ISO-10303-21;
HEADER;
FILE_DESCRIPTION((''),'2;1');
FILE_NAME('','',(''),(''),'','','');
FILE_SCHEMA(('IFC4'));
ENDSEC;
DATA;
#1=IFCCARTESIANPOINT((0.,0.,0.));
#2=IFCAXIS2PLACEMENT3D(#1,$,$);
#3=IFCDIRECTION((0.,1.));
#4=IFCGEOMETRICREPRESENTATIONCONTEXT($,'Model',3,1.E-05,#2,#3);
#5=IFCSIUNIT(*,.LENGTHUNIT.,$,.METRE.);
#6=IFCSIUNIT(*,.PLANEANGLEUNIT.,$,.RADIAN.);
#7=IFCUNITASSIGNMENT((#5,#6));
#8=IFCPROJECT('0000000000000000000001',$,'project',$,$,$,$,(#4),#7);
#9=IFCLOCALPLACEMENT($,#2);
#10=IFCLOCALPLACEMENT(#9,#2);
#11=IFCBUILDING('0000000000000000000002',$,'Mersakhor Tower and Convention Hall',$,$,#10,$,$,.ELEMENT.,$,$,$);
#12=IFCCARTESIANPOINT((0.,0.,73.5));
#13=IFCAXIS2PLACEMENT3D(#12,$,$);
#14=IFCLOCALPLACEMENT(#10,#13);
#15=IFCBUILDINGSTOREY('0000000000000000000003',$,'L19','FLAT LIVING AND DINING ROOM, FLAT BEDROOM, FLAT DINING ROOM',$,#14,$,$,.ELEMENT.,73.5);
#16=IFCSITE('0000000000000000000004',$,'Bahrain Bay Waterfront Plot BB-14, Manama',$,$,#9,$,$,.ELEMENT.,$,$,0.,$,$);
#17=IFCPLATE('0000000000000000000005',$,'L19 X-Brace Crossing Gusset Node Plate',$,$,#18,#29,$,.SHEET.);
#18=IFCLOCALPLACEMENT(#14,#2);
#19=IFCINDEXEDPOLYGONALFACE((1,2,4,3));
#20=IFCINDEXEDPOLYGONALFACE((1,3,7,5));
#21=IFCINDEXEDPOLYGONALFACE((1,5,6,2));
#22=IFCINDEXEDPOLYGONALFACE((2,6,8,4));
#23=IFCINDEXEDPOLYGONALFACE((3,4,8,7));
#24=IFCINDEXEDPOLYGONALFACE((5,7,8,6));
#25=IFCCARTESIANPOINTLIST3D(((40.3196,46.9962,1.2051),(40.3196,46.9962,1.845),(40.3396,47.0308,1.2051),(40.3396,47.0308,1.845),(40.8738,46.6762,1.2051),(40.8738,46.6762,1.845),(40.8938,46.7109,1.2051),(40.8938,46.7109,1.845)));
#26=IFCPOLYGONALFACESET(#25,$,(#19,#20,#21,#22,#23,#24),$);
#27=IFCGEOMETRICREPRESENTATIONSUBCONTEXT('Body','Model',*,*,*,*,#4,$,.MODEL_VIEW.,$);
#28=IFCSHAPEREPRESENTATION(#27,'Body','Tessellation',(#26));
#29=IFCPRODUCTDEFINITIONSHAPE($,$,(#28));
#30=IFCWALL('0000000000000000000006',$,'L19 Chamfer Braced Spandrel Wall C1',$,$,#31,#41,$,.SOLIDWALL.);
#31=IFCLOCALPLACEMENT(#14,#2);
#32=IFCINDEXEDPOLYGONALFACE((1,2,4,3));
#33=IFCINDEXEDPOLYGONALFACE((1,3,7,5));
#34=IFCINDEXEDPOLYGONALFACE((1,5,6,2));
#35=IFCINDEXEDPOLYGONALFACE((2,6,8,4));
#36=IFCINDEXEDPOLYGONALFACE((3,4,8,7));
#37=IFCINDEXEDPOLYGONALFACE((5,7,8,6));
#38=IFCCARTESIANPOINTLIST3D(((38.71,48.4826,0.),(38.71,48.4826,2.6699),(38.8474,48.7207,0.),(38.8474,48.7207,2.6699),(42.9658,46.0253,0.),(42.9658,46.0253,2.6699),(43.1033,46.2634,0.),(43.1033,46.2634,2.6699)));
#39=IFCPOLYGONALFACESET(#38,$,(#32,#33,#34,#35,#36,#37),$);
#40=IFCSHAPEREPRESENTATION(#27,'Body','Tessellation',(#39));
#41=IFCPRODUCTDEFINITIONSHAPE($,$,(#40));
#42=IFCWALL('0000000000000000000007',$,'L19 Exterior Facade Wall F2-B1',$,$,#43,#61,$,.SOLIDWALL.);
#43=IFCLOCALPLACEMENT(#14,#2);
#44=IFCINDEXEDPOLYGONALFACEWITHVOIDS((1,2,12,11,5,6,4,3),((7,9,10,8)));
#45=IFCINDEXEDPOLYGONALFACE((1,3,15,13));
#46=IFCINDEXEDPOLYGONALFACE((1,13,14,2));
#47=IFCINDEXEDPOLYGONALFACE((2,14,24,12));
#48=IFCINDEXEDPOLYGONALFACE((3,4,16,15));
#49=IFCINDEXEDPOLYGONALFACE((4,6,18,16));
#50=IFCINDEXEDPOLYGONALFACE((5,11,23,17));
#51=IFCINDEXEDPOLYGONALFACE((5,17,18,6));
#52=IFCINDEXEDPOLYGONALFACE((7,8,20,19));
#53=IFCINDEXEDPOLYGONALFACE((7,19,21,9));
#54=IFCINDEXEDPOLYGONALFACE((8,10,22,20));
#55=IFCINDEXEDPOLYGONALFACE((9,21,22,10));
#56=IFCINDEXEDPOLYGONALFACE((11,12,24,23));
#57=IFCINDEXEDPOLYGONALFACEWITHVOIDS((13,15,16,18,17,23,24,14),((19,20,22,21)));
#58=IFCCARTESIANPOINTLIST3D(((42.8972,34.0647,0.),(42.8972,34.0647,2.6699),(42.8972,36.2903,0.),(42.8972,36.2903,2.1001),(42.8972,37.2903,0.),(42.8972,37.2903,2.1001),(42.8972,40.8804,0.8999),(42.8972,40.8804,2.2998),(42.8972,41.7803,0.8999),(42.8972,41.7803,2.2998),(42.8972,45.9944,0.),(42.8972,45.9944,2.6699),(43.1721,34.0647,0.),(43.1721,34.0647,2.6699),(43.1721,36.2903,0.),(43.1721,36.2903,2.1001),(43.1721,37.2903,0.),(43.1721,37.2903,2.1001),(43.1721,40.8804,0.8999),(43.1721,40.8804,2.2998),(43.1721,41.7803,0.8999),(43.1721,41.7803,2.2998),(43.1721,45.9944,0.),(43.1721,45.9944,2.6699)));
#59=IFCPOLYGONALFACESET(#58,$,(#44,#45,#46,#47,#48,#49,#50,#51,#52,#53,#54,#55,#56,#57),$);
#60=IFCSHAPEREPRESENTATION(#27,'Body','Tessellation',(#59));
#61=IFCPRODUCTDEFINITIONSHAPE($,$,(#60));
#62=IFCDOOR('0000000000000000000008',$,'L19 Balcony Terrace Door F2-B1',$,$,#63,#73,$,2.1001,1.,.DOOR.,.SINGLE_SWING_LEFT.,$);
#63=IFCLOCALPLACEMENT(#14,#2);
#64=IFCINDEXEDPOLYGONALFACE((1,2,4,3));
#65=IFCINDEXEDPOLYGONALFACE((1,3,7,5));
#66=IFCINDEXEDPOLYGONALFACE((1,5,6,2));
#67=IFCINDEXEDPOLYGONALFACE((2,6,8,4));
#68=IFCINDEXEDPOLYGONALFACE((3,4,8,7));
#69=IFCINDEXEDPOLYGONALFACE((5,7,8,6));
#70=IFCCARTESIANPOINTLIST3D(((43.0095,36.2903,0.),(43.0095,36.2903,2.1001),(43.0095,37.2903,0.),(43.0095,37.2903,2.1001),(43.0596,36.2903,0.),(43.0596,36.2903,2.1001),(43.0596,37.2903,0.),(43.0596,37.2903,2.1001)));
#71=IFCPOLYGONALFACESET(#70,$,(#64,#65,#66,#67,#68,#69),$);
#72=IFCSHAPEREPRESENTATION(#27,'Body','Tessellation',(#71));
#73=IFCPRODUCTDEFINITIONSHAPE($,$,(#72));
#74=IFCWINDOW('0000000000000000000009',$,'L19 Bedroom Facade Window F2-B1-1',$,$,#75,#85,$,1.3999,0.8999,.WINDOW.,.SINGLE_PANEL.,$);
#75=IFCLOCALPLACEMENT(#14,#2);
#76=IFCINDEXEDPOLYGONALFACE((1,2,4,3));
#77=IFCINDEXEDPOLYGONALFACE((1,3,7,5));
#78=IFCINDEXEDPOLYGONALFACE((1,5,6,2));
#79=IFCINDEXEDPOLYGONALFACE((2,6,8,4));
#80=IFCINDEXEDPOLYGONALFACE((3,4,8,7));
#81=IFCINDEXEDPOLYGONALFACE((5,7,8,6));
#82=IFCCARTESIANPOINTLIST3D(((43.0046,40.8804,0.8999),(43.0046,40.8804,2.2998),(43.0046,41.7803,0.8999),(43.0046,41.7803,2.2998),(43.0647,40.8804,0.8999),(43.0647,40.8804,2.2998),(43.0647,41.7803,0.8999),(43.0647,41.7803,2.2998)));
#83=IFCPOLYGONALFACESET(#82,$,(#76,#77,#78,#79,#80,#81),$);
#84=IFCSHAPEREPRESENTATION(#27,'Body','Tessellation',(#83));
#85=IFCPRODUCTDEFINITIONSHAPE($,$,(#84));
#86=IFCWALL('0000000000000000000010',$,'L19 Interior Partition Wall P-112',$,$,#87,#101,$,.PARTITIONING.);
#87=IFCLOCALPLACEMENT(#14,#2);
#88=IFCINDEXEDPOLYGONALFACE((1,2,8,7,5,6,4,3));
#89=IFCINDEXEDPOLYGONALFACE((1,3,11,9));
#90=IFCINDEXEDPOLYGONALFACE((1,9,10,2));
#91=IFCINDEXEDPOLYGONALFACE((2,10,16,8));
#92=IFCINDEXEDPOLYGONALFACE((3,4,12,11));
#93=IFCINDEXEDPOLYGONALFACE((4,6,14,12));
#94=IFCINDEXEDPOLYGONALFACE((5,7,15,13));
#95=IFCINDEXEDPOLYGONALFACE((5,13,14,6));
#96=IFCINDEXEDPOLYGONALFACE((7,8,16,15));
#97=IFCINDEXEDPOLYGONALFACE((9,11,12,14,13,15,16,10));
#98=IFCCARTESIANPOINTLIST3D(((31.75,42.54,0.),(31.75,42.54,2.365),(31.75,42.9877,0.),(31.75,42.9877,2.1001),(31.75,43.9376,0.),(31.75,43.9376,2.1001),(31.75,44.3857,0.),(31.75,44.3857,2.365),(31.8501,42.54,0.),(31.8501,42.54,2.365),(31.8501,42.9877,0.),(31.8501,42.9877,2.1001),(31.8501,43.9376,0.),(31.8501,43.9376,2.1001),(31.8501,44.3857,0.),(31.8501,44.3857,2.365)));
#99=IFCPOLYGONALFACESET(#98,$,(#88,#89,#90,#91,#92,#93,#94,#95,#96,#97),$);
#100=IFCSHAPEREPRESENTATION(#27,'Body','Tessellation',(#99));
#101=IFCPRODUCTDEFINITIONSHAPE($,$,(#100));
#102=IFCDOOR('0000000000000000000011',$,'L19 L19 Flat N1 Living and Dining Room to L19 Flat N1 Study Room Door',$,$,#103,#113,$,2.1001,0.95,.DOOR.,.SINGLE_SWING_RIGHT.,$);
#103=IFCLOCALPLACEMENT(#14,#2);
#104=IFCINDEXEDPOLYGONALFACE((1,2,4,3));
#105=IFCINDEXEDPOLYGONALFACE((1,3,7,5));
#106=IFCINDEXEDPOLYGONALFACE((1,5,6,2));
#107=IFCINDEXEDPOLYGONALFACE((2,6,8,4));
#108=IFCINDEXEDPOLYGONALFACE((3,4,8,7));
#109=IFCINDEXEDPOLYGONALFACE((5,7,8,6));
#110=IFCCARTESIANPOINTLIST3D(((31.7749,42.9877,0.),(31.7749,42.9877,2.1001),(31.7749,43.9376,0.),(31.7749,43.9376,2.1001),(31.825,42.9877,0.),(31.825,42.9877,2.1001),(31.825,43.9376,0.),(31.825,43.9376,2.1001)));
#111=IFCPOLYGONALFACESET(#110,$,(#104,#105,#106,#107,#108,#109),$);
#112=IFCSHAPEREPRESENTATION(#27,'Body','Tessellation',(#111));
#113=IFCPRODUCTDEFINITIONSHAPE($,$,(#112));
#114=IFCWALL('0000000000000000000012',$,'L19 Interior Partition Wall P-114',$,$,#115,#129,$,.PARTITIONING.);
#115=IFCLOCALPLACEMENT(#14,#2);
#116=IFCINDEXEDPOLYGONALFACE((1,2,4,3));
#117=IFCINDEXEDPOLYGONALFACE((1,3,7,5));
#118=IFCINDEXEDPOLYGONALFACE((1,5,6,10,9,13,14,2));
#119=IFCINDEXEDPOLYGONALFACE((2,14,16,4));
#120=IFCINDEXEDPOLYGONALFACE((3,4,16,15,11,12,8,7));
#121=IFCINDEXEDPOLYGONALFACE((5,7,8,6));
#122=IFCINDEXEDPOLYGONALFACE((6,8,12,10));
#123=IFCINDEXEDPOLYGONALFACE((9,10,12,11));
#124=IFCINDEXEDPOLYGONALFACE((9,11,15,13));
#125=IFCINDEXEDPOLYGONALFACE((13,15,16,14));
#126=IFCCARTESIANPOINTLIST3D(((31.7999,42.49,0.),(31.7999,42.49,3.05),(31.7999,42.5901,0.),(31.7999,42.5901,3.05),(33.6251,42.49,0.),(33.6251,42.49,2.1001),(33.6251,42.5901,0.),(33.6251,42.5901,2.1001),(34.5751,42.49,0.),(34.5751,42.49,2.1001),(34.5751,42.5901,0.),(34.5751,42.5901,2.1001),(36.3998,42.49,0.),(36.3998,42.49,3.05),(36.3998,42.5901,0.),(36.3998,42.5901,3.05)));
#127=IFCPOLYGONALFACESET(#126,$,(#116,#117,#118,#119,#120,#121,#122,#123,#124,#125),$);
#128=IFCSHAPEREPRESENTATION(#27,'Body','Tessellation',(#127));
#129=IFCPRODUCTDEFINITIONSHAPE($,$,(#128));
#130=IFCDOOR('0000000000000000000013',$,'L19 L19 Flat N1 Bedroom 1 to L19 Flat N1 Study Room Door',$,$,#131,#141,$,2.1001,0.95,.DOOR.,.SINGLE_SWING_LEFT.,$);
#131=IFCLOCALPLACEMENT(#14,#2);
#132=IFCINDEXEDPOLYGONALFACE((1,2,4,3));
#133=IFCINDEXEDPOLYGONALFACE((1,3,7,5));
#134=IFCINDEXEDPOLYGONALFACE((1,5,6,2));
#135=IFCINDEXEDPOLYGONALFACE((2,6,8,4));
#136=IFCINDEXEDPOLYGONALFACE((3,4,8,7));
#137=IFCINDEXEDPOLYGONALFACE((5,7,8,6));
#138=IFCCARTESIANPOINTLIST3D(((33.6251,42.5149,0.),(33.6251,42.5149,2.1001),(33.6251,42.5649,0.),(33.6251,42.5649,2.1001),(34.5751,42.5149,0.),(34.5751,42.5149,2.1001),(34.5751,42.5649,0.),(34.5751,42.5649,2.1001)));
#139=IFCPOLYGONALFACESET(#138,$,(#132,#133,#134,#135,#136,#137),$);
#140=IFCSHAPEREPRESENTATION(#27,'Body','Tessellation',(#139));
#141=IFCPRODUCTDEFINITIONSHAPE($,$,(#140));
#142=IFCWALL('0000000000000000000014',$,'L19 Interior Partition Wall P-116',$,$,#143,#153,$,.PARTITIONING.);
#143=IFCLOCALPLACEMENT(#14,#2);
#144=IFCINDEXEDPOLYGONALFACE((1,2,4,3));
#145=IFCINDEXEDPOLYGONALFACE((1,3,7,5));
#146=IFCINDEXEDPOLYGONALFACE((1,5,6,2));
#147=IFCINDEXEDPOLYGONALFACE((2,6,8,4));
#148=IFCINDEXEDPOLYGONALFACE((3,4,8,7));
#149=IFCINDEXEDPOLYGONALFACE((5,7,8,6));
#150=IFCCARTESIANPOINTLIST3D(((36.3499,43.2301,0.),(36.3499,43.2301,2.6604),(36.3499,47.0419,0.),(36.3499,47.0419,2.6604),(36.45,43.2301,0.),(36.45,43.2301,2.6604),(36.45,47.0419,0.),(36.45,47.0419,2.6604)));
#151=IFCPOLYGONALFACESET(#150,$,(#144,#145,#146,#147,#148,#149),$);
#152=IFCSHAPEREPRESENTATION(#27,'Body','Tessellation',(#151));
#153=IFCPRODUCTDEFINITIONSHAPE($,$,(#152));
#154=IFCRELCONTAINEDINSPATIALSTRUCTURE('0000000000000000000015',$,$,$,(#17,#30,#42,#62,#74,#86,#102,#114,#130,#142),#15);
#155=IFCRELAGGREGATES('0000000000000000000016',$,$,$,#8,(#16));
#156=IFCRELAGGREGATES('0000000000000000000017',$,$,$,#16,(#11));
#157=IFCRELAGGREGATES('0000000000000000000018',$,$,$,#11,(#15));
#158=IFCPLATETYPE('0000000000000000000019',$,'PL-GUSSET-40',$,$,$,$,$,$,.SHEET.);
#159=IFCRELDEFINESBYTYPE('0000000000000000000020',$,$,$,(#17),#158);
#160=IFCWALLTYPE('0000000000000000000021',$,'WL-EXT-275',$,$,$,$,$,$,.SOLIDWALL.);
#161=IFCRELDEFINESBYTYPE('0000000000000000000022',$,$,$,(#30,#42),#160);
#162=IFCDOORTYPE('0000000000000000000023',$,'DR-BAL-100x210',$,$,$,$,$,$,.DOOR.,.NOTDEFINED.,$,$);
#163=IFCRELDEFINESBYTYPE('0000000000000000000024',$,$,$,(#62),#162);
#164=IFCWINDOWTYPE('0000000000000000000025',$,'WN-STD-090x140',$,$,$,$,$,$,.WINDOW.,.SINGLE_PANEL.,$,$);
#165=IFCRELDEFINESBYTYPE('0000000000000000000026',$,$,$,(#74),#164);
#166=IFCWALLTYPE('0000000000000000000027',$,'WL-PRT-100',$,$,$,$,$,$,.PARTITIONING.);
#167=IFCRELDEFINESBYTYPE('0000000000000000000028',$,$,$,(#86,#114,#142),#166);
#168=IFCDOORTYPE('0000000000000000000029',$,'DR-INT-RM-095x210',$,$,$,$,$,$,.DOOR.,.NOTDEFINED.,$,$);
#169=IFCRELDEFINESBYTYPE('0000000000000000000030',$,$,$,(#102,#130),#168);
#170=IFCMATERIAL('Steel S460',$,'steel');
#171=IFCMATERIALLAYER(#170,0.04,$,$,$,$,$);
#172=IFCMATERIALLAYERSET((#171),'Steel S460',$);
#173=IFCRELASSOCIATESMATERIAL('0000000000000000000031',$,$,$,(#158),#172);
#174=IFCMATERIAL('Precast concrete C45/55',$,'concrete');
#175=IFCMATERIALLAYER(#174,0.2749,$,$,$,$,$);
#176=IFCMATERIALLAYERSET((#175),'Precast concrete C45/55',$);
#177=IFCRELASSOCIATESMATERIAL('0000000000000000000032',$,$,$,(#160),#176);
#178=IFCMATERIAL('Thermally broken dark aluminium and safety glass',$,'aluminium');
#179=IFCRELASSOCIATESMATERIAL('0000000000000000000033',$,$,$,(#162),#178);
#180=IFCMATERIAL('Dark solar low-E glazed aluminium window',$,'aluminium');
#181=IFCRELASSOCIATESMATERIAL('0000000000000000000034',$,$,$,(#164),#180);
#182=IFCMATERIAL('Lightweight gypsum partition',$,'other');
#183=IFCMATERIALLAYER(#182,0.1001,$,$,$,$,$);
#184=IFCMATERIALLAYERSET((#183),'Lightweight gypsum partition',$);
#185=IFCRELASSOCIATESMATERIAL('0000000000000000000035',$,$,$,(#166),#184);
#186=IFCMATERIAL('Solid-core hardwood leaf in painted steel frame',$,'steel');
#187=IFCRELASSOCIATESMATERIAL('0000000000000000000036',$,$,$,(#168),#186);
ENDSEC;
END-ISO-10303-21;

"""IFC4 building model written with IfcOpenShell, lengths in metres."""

from ifc_helpers import new_model, si_unit, direction, frame, frame_2d, origin, origin_2d, place, context, subcontext, project, spatial, rectangle, extrude, material, layer, layer_set, type_object, element, fill, save


model = new_model("IFC4")

# Units and contexts
model_context = context("Model", 3, precision=1e-05, world=origin(), true_north=direction((0.0, 1.0)))
body_context = subcontext(model_context, "Body", "Model", "MODEL_VIEW")
ifc_project = project(units=[si_unit("LENGTHUNIT", "METRE"), si_unit("PLANEANGLEUNIT", "RADIAN")], contexts=[model_context])

# Site, building, storey
site_placement = place(None, origin())
site = spatial("IfcSite", under=ifc_project, at=site_placement, Name="Bahrain Bay Waterfront Plot BB-14, Manama", CompositionType="ELEMENT", RefElevation=0.0)
building_placement = place(site_placement, origin())
building = spatial("IfcBuilding", under=site, at=building_placement, Name="Mersakhor Tower and Convention Hall", CompositionType="ELEMENT")
storey_placement = place(building_placement, frame((0.0, 0.0, 73.5)))
storey = spatial("IfcBuildingStorey", under=building, at=storey_placement, Name="L19", Description="FLAT LIVING AND DINING ROOM, FLAT BEDROOM, FLAT DINING ROOM", CompositionType="ELEMENT", Elevation=73.5)

# Plate
ifc_material_1 = material(Name="Steel S460", Category="steel")
ifc_layer_1 = layer(ifc_material_1, 0.04)
ifc_layer_set_1 = layer_set([ifc_layer_1], Name="Steel S460")
plate_type_1 = type_object("IfcPlateType", Name="PL-GUSSET-40", PredefinedType="SHEET", material=ifc_layer_set_1)
plate_1_placement = place(storey_placement, frame((40.6067, 46.8535, 1.2051), z_axis=(0.0, 0.0, 1.0), x_axis=(-0.866025, 0.5, 0.0)))
element("IfcPlate", 1, at=plate_1_placement, inside=storey, type_object=plate_type_1, Name="L19 X-Brace Crossing Gusset Node Plate", PredefinedType="SHEET", context=body_context, shape_type="SweptSolid", body=[
    extrude(rectangle(XDim=0.6399, YDim=0.04, at=origin_2d()), origin(), (0.0, 0.0, 1.0), 0.6399),
])

# Wall
ifc_material_2 = material(Name="Precast concrete C45/55", Category="concrete")
ifc_layer_2 = layer(ifc_material_2, 0.2749)
ifc_layer_set_2 = layer_set([ifc_layer_2], Name="Precast concrete C45/55")
wall_type_1 = type_object("IfcWallType", Name="WL-EXT-275", PredefinedType="SOLIDWALL", material=ifc_layer_set_2)
wall_1_placement = place(storey_placement, frame((38.7788, 48.6016, 0.0), z_axis=(0.0, 0.0, 1.0), x_axis=(0.866012, -0.500023, 0.0)))
element("IfcWall", 2, at=wall_1_placement, inside=storey, type_object=wall_type_1, Name="L19 Chamfer Braced Spandrel Wall C1", PredefinedType="SOLIDWALL", context=body_context, shape_type="SweptSolid", body=[
    extrude(rectangle(XDim=4.9143, YDim=0.2749, at=frame_2d((2.457, 0.0))), origin(), (0.0, 0.0, 1.0), 2.6699),
])

# Wall, openings, door, window
wall_2_placement = place(storey_placement, frame((43.0347, 45.9944, 0.0), z_axis=(0.0, 0.0, 1.0), x_axis=(0.0, -1.0, 0.0)))
wall_2 = element("IfcWall", 3, at=wall_2_placement, inside=storey, type_object=wall_type_1, Name="L19 Exterior Facade Wall F2-B1", PredefinedType="SOLIDWALL", context=body_context, shape_type="SweptSolid", body=[
    extrude(rectangle(XDim=11.9297, YDim=0.2749, at=frame_2d((5.9648, 0.0))), origin(), (0.0, 0.0, 1.0), 2.6699),
])
opening_1_placement = place(wall_2_placement, frame((8.7041, 0.0, 0.0)))
opening_1 = element("IfcOpeningElement", 4, at=opening_1_placement, cuts=wall_2, PredefinedType="OPENING", context=body_context, shape_type="SweptSolid", body=[
    extrude(rectangle(XDim=1.0, YDim=2.1001, at=frame_2d((0.5, 1.05))), frame((0.0, 0.1475, 0.0), z_axis=(0.0, -1.0, 0.0), x_axis=(1.0, 0.0, 0.0)), (0.0, 0.0, 1.0), 0.2949),
])
opening_2_placement = place(wall_2_placement, frame((4.2141, 0.0, 0.8999)))
opening_2 = element("IfcOpeningElement", 5, at=opening_2_placement, cuts=wall_2, PredefinedType="OPENING", context=body_context, shape_type="SweptSolid", body=[
    extrude(rectangle(XDim=0.8999, YDim=1.3999, at=frame_2d((0.45, 0.7))), frame((0.0, 0.1475, 0.0), z_axis=(0.0, -1.0, 0.0), x_axis=(1.0, 0.0, 0.0)), (0.0, 0.0, 1.0), 0.2949),
])
ifc_material_3 = material(Name="Thermally broken dark aluminium and safety glass", Category="aluminium")
door_type_1 = type_object("IfcDoorType", Name="DR-BAL-100x210", OperationType="NOTDEFINED", PredefinedType="DOOR", material=ifc_material_3)
door_1_placement = place(opening_1_placement, origin())
door_1 = element("IfcDoor", 6, at=door_1_placement, inside=storey, type_object=door_type_1, Name="L19 Balcony Terrace Door F2-B1", OperationType="SINGLE_SWING_LEFT", OverallHeight=2.1001, OverallWidth=1.0, PredefinedType="DOOR", context=body_context, shape_type="SweptSolid", body=[
    extrude(rectangle(XDim=1.0, YDim=2.1001, at=frame_2d((0.5, 1.05))), frame((0.0, 0.0249, 0.0), z_axis=(0.0, -1.0, 0.0), x_axis=(1.0, 0.0, 0.0)), (0.0, 0.0, 1.0), 0.05),
])
fill(opening_1, door_1)
ifc_material_4 = material(Name="Dark solar low-E glazed aluminium window", Category="aluminium")
window_type = type_object("IfcWindowType", Name="WN-STD-090x140", PartitioningType="SINGLE_PANEL", PredefinedType="WINDOW", material=ifc_material_4)
window_placement = place(opening_2_placement, origin())
window = element("IfcWindow", 7, at=window_placement, inside=storey, type_object=window_type, Name="L19 Bedroom Facade Window F2-B1-1", OverallHeight=1.3999, OverallWidth=0.8999, PartitioningType="SINGLE_PANEL", PredefinedType="WINDOW", context=body_context, shape_type="SweptSolid", body=[
    extrude(rectangle(XDim=0.8999, YDim=1.3999, at=frame_2d((0.45, 0.7))), frame((0.0, 0.03, 0.0), z_axis=(0.0, -1.0, 0.0), x_axis=(1.0, 0.0, 0.0)), (0.0, 0.0, 1.0), 0.0601),
])
fill(opening_2, window)

# Walls, openings, doors
ifc_material_5 = material(Name="Lightweight gypsum partition", Category="other")
ifc_layer_3 = layer(ifc_material_5, 0.1001)
ifc_layer_set_3 = layer_set([ifc_layer_3], Name="Lightweight gypsum partition")
wall_type_2 = type_object("IfcWallType", Name="WL-PRT-100", PredefinedType="PARTITIONING", material=ifc_layer_set_3)
wall_3_placement = place(storey_placement, frame((31.8, 44.3857, 0.0), z_axis=(0.0, 0.0, 1.0), x_axis=(0.0, -1.0, 0.0)))
wall_3 = element("IfcWall", 8, at=wall_3_placement, inside=storey, type_object=wall_type_2, Name="L19 Interior Partition Wall P-112", PredefinedType="PARTITIONING", context=body_context, shape_type="SweptSolid", body=[
    extrude(rectangle(XDim=1.8457, YDim=0.1001, at=frame_2d((0.9229, 0.0))), origin(), (0.0, 0.0, 1.0), 2.365),
])
opening_3_placement = place(wall_3_placement, frame((0.448, 0.0, 0.0)))
opening_3 = element("IfcOpeningElement", 9, at=opening_3_placement, cuts=wall_3, PredefinedType="OPENING", context=body_context, shape_type="SweptSolid", body=[
    extrude(rectangle(XDim=0.95, YDim=2.1001, at=frame_2d((0.4751, 1.05))), frame((0.0, 0.0601, 0.0), z_axis=(0.0, -1.0, 0.0), x_axis=(1.0, 0.0, 0.0)), (0.0, 0.0, 1.0), 0.1201),
])
ifc_material_6 = material(Name="Solid-core hardwood leaf in painted steel frame", Category="steel")
door_type_2 = type_object("IfcDoorType", Name="DR-INT-RM-095x210", OperationType="NOTDEFINED", PredefinedType="DOOR", material=ifc_material_6)
door_2_placement = place(opening_3_placement, origin())
door_2 = element("IfcDoor", 10, at=door_2_placement, inside=storey, type_object=door_type_2, Name="L19 L19 Flat N1 Living and Dining Room to L19 Flat N1 Study Room Door", OperationType="SINGLE_SWING_RIGHT", OverallHeight=2.1001, OverallWidth=0.95, PredefinedType="DOOR", context=body_context, shape_type="SweptSolid", body=[
    extrude(rectangle(XDim=0.95, YDim=2.1001, at=frame_2d((0.4751, 1.05))), frame((0.0, 0.0249, 0.0), z_axis=(0.0, -1.0, 0.0), x_axis=(1.0, 0.0, 0.0)), (0.0, 0.0, 1.0), 0.05),
])
fill(opening_3, door_2)
wall_4_placement = place(storey_placement, frame((31.8, 42.54, 0.0), z_axis=(0.0, 0.0, 1.0), x_axis=(1.0, 0.0, 0.0)))
wall_4 = element("IfcWall", 11, at=wall_4_placement, inside=storey, type_object=wall_type_2, Name="L19 Interior Partition Wall P-114", PredefinedType="PARTITIONING", context=body_context, shape_type="SweptSolid", body=[
    extrude(rectangle(XDim=4.5999, YDim=0.1001, at=frame_2d((2.2998, 0.0))), origin(), (0.0, 0.0, 1.0), 3.05),
])
opening_4_placement = place(wall_4_placement, frame((1.825, 0.0, 0.0)))
opening_4 = element("IfcOpeningElement", 12, at=opening_4_placement, cuts=wall_4, PredefinedType="OPENING", context=body_context, shape_type="SweptSolid", body=[
    extrude(rectangle(XDim=0.95, YDim=2.1001, at=frame_2d((0.4751, 1.05))), frame((0.0, 0.0601, 0.0), z_axis=(0.0, -1.0, 0.0), x_axis=(1.0, 0.0, 0.0)), (0.0, 0.0, 1.0), 0.1201),
])
door_3_placement = place(opening_4_placement, origin())
door_3 = element("IfcDoor", 13, at=door_3_placement, inside=storey, type_object=door_type_2, Name="L19 L19 Flat N1 Bedroom 1 to L19 Flat N1 Study Room Door", OperationType="SINGLE_SWING_LEFT", OverallHeight=2.1001, OverallWidth=0.95, PredefinedType="DOOR", context=body_context, shape_type="SweptSolid", body=[
    extrude(rectangle(XDim=0.95, YDim=2.1001, at=frame_2d((0.4751, 1.05))), frame((0.0, 0.0249, 0.0), z_axis=(0.0, -1.0, 0.0), x_axis=(1.0, 0.0, 0.0)), (0.0, 0.0, 1.0), 0.05),
])
fill(opening_4, door_3)

# Wall
wall_5_placement = place(storey_placement, frame((36.3999, 47.0417, 0.0), z_axis=(0.0, 0.0, 1.0), x_axis=(0.0, -1.0, 0.0)))
element("IfcWall", 14, at=wall_5_placement, inside=storey, type_object=wall_type_2, Name="L19 Interior Partition Wall P-116", PredefinedType="PARTITIONING", context=body_context, shape_type="SweptSolid", body=[
    extrude(rectangle(XDim=3.8118, YDim=0.1001, at=frame_2d((1.9058, 0.0))), origin(), (0.0, 0.0, 1.0), 2.6604),
])

save(model, "model.ifc")
